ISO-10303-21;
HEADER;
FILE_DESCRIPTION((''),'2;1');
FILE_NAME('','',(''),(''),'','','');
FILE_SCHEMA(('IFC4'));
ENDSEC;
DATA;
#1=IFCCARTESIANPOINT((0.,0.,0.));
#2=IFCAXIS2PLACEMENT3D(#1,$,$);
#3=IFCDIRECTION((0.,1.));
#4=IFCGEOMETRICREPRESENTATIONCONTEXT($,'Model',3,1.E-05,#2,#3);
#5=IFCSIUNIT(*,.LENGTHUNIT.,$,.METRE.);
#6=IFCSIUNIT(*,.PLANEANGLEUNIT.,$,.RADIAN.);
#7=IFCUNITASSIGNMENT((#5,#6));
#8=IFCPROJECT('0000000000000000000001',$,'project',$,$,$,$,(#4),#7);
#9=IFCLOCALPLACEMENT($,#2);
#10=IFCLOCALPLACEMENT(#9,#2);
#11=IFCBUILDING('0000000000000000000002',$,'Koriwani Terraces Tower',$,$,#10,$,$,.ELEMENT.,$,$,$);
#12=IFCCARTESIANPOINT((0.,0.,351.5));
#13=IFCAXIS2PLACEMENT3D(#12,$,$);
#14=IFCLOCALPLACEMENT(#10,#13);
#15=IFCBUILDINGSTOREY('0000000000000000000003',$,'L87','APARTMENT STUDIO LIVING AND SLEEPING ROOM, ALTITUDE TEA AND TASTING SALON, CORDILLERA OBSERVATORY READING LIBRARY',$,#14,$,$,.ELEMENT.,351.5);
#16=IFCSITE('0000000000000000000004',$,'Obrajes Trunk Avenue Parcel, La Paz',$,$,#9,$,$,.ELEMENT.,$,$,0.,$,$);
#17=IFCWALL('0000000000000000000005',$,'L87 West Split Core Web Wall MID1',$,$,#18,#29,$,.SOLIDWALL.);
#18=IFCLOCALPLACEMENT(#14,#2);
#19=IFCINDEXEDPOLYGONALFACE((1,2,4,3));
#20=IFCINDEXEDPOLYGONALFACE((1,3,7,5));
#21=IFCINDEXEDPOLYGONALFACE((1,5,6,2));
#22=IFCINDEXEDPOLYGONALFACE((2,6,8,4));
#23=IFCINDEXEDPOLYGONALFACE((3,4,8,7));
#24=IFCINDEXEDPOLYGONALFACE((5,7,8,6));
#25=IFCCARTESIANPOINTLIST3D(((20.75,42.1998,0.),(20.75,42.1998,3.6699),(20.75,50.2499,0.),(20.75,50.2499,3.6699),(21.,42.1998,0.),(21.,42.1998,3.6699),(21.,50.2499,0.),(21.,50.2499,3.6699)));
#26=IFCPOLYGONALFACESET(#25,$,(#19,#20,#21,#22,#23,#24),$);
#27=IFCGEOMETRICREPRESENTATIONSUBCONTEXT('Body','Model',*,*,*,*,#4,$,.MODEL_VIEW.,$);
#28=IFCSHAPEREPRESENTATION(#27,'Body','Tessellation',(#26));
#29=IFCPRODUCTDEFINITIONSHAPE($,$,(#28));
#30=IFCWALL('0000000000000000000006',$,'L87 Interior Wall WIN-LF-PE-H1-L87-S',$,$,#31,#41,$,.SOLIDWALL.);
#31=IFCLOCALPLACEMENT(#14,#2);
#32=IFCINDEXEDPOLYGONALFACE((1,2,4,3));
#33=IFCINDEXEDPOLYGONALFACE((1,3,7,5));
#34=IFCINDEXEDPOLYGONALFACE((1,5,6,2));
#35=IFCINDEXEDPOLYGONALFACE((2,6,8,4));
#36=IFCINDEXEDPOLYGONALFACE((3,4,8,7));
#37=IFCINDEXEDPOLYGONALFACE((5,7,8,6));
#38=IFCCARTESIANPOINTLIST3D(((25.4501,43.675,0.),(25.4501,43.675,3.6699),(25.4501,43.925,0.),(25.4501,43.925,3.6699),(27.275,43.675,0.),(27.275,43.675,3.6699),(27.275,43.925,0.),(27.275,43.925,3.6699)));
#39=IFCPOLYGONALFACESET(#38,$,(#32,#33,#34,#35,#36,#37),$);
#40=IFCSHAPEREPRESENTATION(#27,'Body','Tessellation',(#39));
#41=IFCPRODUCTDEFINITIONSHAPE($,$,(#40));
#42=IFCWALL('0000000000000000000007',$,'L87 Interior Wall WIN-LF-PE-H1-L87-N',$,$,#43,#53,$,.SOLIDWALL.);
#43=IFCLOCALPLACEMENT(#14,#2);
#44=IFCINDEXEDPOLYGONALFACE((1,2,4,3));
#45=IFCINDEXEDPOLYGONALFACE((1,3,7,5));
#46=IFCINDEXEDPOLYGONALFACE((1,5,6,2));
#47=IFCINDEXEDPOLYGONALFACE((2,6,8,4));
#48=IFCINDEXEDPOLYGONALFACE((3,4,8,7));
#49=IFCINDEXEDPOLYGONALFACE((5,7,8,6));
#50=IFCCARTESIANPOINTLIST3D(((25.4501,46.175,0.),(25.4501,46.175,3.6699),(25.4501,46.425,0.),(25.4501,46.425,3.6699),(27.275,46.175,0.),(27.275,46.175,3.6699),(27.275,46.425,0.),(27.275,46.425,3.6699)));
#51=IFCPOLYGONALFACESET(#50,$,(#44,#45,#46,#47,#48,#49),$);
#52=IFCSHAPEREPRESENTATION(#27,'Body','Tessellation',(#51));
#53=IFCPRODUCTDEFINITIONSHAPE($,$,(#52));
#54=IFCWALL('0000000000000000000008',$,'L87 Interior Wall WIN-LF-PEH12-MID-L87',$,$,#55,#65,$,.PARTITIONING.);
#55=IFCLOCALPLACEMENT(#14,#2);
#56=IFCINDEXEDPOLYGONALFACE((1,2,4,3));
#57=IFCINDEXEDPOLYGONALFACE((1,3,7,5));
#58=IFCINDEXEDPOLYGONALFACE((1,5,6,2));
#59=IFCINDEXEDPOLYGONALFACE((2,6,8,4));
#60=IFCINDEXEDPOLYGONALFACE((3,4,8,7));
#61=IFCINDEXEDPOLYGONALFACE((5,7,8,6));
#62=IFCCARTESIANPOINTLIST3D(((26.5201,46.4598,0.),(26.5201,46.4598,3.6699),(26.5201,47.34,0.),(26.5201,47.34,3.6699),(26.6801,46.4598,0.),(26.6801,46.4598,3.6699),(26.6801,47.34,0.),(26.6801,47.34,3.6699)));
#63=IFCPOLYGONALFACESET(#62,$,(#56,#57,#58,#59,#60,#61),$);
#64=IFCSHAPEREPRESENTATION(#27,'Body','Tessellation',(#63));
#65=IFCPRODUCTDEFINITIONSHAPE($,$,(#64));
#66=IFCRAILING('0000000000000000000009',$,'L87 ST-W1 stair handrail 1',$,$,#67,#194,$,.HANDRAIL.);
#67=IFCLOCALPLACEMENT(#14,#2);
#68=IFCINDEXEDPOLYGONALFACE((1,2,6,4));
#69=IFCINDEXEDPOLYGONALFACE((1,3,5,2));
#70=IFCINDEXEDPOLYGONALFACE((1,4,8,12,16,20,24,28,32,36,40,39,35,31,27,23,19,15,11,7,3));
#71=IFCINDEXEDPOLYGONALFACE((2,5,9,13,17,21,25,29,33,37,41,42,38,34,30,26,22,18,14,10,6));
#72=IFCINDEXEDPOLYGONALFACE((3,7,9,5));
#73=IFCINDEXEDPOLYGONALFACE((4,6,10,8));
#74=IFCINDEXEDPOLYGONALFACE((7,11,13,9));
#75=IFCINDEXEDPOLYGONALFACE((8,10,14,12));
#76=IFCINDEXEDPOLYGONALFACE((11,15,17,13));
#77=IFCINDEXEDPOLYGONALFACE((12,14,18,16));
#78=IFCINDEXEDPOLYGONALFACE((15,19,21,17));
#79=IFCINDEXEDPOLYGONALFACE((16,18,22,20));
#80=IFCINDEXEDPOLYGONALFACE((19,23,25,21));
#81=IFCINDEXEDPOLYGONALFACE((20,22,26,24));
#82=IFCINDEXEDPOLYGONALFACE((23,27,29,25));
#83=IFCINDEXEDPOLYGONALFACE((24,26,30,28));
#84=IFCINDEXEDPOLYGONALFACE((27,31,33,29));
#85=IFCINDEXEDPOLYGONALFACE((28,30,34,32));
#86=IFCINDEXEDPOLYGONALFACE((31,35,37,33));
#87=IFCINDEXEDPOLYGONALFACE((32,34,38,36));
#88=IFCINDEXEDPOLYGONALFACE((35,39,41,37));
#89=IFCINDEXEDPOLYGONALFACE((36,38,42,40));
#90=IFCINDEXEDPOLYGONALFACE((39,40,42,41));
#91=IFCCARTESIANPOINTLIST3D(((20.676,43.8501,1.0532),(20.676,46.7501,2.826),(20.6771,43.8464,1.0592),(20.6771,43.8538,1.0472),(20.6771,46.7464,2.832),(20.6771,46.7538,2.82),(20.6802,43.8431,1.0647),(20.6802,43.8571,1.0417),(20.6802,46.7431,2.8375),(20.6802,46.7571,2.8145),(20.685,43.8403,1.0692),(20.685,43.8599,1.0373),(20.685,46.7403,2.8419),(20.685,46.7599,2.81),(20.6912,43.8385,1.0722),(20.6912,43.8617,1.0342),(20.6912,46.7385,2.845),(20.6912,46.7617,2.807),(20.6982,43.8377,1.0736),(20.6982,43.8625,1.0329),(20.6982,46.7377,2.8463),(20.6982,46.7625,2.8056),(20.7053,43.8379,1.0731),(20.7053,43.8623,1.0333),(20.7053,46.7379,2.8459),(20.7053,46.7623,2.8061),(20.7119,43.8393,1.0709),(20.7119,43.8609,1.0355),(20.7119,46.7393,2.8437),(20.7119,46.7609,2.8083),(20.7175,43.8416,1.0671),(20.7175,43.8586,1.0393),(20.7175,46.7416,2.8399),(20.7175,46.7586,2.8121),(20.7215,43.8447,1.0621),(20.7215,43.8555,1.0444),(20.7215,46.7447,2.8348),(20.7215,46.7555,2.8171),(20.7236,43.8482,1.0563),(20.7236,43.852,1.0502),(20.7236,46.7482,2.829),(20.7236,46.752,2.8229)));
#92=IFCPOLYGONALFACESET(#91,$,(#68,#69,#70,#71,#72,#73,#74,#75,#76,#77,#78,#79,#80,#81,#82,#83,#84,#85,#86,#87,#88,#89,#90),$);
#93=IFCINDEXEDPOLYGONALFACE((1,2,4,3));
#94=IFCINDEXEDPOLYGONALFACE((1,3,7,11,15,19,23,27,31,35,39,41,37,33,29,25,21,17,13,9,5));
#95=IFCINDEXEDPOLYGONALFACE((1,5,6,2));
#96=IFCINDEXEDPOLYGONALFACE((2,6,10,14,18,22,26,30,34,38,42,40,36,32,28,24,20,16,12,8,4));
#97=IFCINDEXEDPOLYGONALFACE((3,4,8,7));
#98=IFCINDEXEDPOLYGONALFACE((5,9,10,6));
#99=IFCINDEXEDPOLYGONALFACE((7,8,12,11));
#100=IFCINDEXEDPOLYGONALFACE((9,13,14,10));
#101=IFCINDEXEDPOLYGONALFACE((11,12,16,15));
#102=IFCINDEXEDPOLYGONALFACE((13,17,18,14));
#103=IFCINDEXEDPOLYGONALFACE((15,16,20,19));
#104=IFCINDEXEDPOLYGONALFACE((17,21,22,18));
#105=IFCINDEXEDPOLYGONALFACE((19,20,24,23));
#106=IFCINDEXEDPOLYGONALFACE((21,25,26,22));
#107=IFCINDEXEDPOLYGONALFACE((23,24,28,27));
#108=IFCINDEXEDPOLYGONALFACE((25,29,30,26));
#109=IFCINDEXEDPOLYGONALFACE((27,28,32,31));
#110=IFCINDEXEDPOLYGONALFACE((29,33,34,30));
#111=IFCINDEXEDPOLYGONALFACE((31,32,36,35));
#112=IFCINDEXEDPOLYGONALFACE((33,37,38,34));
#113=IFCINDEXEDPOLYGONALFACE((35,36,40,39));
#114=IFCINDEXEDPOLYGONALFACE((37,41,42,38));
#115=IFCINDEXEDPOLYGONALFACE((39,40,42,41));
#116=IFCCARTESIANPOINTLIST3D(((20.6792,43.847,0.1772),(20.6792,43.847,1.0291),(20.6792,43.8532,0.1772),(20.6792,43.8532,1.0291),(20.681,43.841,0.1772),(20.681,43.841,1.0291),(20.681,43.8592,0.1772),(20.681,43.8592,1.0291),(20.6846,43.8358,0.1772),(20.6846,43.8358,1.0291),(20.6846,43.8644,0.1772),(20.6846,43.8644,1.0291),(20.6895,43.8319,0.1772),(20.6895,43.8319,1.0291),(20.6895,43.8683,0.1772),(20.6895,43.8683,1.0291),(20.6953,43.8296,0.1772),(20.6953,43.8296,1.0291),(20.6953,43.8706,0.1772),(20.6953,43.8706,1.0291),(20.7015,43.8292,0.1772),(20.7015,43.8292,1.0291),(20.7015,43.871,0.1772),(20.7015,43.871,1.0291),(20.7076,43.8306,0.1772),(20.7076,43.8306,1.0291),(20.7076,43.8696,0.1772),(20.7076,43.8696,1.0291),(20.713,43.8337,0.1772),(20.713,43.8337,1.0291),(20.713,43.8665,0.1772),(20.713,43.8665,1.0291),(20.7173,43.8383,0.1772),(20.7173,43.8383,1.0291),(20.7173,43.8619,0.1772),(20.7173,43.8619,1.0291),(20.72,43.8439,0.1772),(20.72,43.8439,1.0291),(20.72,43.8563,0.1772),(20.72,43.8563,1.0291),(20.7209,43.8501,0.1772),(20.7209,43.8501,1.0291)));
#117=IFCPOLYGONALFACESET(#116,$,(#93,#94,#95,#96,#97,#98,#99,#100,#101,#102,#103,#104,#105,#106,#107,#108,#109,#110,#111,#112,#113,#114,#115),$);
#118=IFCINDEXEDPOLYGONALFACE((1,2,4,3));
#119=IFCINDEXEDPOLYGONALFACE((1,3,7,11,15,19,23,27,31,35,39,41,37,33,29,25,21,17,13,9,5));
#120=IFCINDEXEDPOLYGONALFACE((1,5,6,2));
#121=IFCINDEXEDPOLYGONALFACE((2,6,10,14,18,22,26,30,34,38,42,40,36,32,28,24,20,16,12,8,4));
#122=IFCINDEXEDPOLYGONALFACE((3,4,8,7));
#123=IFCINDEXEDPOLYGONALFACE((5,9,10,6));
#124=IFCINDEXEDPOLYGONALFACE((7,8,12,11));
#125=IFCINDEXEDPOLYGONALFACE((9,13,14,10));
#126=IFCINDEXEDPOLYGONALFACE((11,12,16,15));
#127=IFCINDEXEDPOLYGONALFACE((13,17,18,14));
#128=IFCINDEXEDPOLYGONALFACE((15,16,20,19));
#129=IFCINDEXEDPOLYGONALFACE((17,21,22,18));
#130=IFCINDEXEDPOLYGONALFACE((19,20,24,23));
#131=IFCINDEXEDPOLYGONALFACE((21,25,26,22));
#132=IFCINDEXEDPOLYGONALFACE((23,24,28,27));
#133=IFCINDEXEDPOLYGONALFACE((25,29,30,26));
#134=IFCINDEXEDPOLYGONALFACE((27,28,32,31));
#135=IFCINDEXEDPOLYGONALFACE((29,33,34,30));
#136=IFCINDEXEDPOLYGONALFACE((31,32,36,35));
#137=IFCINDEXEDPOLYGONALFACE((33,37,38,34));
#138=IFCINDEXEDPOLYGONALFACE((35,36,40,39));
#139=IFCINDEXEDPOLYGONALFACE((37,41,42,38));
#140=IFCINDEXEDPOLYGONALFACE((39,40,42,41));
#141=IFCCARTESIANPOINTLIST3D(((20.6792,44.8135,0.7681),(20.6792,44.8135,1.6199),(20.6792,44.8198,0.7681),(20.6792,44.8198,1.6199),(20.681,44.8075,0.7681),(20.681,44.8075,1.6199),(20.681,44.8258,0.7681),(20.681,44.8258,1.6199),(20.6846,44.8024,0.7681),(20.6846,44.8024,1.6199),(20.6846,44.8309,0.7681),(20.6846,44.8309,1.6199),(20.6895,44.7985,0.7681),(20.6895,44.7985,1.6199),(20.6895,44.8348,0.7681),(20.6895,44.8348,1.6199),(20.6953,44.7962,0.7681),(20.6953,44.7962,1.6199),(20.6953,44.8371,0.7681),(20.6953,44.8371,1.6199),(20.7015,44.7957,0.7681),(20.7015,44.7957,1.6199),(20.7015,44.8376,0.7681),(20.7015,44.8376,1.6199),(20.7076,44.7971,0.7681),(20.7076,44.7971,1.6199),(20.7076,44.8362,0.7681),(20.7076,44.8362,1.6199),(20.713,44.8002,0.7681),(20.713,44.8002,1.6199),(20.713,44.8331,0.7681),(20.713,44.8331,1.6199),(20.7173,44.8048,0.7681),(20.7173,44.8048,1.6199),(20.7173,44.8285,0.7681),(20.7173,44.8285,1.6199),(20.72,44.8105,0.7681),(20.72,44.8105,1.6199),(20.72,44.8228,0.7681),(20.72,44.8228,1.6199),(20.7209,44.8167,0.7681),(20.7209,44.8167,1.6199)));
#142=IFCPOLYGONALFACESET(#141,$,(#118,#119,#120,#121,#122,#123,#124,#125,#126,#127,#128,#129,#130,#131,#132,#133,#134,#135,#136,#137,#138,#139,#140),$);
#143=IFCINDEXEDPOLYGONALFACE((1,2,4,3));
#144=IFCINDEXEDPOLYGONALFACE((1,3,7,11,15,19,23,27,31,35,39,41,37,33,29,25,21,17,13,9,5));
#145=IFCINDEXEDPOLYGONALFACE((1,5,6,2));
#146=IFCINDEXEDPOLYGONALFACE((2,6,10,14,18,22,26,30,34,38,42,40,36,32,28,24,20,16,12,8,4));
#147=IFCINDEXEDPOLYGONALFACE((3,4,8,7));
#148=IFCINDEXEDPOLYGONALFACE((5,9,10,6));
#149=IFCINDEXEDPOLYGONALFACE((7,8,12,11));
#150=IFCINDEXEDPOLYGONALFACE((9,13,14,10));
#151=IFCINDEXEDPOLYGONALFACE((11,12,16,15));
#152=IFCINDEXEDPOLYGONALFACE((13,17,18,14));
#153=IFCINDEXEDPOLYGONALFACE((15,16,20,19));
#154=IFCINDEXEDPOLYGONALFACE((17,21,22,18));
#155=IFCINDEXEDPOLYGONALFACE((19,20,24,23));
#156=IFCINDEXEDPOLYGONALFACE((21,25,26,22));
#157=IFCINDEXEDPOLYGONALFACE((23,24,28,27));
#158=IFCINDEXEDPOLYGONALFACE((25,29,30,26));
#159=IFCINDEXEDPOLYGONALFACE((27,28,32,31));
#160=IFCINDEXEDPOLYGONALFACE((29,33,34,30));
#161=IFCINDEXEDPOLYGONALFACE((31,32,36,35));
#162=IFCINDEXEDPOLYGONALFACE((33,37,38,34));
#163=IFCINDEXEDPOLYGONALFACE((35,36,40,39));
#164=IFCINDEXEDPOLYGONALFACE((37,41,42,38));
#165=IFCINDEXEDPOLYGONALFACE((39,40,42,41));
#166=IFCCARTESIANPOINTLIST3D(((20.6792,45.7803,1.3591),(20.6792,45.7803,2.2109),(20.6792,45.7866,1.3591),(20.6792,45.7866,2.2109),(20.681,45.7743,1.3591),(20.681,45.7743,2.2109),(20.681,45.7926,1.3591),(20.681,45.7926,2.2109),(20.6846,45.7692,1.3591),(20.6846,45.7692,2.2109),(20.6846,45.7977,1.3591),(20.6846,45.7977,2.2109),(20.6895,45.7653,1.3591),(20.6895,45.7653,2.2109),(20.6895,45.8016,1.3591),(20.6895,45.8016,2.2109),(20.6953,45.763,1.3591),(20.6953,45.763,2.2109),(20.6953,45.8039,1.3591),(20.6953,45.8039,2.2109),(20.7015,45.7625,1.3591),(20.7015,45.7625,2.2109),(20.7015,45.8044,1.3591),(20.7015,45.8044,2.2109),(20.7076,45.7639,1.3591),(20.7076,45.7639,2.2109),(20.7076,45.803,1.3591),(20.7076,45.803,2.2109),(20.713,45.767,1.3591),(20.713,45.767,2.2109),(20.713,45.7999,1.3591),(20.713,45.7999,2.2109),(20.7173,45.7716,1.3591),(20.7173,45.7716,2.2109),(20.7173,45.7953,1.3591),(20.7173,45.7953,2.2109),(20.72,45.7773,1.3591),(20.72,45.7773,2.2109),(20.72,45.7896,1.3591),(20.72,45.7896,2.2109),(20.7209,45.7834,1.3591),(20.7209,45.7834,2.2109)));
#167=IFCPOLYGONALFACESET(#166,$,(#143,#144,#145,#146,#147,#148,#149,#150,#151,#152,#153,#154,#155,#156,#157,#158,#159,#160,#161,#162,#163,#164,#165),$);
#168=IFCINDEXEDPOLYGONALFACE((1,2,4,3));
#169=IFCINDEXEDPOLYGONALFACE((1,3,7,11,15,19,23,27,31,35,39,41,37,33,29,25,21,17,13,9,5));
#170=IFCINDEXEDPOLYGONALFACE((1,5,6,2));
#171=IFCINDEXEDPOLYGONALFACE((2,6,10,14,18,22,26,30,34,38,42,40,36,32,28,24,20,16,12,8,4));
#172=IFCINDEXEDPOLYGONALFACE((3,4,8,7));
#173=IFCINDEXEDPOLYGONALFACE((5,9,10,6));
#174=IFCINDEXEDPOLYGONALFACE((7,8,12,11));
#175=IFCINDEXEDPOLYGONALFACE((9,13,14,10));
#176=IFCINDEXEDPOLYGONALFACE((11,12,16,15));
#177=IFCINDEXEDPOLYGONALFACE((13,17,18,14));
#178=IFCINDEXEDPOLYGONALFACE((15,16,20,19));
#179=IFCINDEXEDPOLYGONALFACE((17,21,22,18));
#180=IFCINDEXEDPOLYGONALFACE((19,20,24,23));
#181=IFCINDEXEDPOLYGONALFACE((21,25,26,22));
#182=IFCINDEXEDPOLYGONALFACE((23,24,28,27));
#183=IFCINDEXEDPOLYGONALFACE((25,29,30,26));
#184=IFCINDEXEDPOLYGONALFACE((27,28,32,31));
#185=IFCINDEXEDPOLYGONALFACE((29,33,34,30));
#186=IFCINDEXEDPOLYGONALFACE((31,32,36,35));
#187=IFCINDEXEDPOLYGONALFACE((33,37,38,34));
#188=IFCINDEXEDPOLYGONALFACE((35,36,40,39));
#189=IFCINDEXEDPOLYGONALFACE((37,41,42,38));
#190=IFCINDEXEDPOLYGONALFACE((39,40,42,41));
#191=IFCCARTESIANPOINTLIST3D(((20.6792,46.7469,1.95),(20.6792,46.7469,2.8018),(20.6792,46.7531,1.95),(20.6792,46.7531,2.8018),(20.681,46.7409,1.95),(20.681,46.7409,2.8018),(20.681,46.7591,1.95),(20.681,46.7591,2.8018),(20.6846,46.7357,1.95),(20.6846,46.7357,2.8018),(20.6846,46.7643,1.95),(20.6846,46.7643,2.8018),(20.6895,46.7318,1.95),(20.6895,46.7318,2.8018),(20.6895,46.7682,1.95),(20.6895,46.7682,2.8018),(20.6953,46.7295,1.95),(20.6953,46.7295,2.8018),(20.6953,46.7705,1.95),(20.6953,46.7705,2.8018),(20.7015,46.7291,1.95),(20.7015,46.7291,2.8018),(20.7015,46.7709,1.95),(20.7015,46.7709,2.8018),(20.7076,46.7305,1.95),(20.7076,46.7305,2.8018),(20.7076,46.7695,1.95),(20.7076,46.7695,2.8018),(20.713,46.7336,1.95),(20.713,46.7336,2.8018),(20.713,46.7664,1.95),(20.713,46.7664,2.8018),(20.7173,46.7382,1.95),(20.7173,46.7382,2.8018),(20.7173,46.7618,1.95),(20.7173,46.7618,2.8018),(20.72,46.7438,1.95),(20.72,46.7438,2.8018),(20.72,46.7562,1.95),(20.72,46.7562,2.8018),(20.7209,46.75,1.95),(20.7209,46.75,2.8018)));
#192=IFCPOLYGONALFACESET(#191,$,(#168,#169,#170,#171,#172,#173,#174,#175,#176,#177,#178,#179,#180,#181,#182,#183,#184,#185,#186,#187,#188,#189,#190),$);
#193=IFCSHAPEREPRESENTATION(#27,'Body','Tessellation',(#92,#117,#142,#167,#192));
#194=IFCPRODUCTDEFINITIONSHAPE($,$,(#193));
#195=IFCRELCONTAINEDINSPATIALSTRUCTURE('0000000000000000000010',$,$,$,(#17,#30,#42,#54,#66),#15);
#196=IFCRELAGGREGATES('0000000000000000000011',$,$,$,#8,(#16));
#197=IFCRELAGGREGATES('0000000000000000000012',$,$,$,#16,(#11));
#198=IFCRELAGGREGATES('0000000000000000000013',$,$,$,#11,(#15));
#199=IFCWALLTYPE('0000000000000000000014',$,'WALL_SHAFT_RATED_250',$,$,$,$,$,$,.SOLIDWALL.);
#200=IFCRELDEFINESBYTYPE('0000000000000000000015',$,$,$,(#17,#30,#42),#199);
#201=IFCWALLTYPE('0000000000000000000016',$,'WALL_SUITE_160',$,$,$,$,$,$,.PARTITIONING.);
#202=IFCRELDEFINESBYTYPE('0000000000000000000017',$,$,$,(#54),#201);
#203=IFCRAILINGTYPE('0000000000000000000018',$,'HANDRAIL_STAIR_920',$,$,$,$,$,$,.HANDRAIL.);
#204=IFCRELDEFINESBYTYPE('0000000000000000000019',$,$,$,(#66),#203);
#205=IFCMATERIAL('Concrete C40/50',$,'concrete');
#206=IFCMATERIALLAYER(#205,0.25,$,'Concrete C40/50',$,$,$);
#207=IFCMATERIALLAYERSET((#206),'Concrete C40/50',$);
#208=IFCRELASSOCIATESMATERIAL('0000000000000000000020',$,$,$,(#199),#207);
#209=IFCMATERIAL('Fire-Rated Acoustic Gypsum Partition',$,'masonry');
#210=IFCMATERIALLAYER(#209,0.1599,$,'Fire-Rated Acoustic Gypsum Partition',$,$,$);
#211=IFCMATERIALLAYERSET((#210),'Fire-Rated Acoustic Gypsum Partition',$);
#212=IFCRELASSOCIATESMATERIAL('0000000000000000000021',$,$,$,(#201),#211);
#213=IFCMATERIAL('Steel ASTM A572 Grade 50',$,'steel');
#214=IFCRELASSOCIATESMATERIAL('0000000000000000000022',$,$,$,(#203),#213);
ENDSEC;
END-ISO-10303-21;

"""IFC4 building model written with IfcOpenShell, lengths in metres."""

from ifc_helpers import new_model, si_unit, direction, frame, frame_2d, origin, origin_2d, place, context, subcontext, project, spatial, rectangle, circle, extrude, material, layer, layer_set, type_object, element, save


model = new_model("IFC4")

# Units and contexts
model_context = context("Model", 3, precision=1e-05, world=origin(), true_north=direction((0.0, 1.0)))
body_context = subcontext(model_context, "Body", "Model", "MODEL_VIEW")
ifc_project = project(units=[si_unit("LENGTHUNIT", "METRE"), si_unit("PLANEANGLEUNIT", "RADIAN")], contexts=[model_context])

# Site, building, storey
site_placement = place(None, origin())
site = spatial("IfcSite", under=ifc_project, at=site_placement, Name="Obrajes Trunk Avenue Parcel, La Paz", CompositionType="ELEMENT", RefElevation=0.0)
building_placement = place(site_placement, origin())
building = spatial("IfcBuilding", under=site, at=building_placement, Name="Koriwani Terraces Tower", CompositionType="ELEMENT")
storey_placement = place(building_placement, frame((0.0, 0.0, 351.5)))
storey = spatial("IfcBuildingStorey", under=building, at=storey_placement, Name="L87", Description="APARTMENT STUDIO LIVING AND SLEEPING ROOM, ALTITUDE TEA AND TASTING SALON, CORDILLERA OBSERVATORY READING LIBRARY", CompositionType="ELEMENT", Elevation=351.5)

# Shared definitions
ifc_material_1 = material(Name="Concrete C40/50", Category="concrete")
ifc_material_2 = material(Name="Steel ASTM A572 Grade 50", Category="steel")

# Wall
ifc_layer_1 = layer(ifc_material_1, 0.25, Name="Concrete C40/50")
ifc_layer_set_1 = layer_set([ifc_layer_1], Name="Concrete C40/50")
wall_type_1 = type_object("IfcWallType", Name="WALL_SHAFT_RATED_250", PredefinedType="SOLIDWALL", material=ifc_layer_set_1)
wall_1_placement = place(storey_placement, frame((20.875, 42.2, 0.0), z_axis=(0.0, 0.0, 1.0), x_axis=(0.0, 1.0, 0.0)))
element("IfcWall", 1, at=wall_1_placement, inside=storey, type_object=wall_type_1, Name="L87 West Split Core Web Wall MID1", PredefinedType="SOLIDWALL", context=body_context, shape_type="SweptSolid", body=[
    extrude(rectangle(XDim=8.05, YDim=0.25, at=frame_2d((4.0249, 0.0))), origin(), (0.0, 0.0, 1.0), 3.6699),
])

# Walls
for number, where, z_axis, x_axis, name in (
    (2, (25.45, 43.8, 0.0), (0.0, 0.0, 1.0), (1.0, 0.0, 0.0), "L87 Interior Wall WIN-LF-PE-H1-L87-S"),
    (3, (25.45, 46.3, 0.0), (0.0, 0.0, 1.0), (1.0, 0.0, 0.0), "L87 Interior Wall WIN-LF-PE-H1-L87-N"),
):
    element("IfcWall", number, at=place(storey_placement, frame(where, z_axis=z_axis, x_axis=x_axis)), inside=storey, type_object=wall_type_1, Name=name, PredefinedType="SOLIDWALL", context=body_context, shape_type="SweptSolid", body=[
        extrude(rectangle(XDim=1.825, YDim=0.25, at=frame_2d((0.9126, 0.0))), origin(), (0.0, 0.0, 1.0), 3.6699),
    ])

# Wall
ifc_material_3 = material(Name="Fire-Rated Acoustic Gypsum Partition", Category="masonry")
ifc_layer_2 = layer(ifc_material_3, 0.1599, Name="Fire-Rated Acoustic Gypsum Partition")
ifc_layer_set_2 = layer_set([ifc_layer_2], Name="Fire-Rated Acoustic Gypsum Partition")
wall_type_2 = type_object("IfcWallType", Name="WALL_SUITE_160", PredefinedType="PARTITIONING", material=ifc_layer_set_2)
wall_2_placement = place(storey_placement, frame((26.6001, 46.46, 0.0), z_axis=(0.0, 0.0, 1.0), x_axis=(0.0, 1.0, 0.0)))
element("IfcWall", 4, at=wall_2_placement, inside=storey, type_object=wall_type_2, Name="L87 Interior Wall WIN-LF-PEH12-MID-L87", PredefinedType="PARTITIONING", context=body_context, shape_type="SweptSolid", body=[
    extrude(rectangle(XDim=0.8801, YDim=0.1599, at=frame_2d((0.4399, 0.0))), origin(), (0.0, 0.0, 1.0), 3.6699),
])

# Railing
railing_type = type_object("IfcRailingType", Name="HANDRAIL_STAIR_920", PredefinedType="HANDRAIL", material=ifc_material_2)
railing_placement = place(storey_placement, frame((20.7, 43.8501, 0.1772)))
element("IfcRailing", 5, at=railing_placement, inside=storey, type_object=railing_type, Name="L87 ST-W1 stair handrail 1", PredefinedType="HANDRAIL", context=body_context, shape_type="SweptSolid", body=[
    extrude(circle(Radius=0.0239, at=origin_2d()), frame((0.0, 0.0, 0.876), z_axis=(0.0, 0.853211, 0.521566), x_axis=(-1.0, 0.0, 0.0)), (0.0, 0.0, 1.0), 3.3989),
    extrude(circle(Radius=0.021, at=origin_2d()), origin(), (0.0, 0.0, 1.0), 0.8518),
    extrude(circle(Radius=0.021, at=origin_2d()), frame((0.0, 0.9666, 0.5908)), (0.0, 0.0, 1.0), 0.8518),
    extrude(circle(Radius=0.021, at=origin_2d()), frame((0.0, 1.9333, 1.1819)), (0.0, 0.0, 1.0), 0.8518),
    extrude(circle(Radius=0.021, at=origin_2d()), frame((0.0, 2.8999, 1.7727)), (0.0, 0.0, 1.0), 0.8518),
])

save(model, "model.ifc")
